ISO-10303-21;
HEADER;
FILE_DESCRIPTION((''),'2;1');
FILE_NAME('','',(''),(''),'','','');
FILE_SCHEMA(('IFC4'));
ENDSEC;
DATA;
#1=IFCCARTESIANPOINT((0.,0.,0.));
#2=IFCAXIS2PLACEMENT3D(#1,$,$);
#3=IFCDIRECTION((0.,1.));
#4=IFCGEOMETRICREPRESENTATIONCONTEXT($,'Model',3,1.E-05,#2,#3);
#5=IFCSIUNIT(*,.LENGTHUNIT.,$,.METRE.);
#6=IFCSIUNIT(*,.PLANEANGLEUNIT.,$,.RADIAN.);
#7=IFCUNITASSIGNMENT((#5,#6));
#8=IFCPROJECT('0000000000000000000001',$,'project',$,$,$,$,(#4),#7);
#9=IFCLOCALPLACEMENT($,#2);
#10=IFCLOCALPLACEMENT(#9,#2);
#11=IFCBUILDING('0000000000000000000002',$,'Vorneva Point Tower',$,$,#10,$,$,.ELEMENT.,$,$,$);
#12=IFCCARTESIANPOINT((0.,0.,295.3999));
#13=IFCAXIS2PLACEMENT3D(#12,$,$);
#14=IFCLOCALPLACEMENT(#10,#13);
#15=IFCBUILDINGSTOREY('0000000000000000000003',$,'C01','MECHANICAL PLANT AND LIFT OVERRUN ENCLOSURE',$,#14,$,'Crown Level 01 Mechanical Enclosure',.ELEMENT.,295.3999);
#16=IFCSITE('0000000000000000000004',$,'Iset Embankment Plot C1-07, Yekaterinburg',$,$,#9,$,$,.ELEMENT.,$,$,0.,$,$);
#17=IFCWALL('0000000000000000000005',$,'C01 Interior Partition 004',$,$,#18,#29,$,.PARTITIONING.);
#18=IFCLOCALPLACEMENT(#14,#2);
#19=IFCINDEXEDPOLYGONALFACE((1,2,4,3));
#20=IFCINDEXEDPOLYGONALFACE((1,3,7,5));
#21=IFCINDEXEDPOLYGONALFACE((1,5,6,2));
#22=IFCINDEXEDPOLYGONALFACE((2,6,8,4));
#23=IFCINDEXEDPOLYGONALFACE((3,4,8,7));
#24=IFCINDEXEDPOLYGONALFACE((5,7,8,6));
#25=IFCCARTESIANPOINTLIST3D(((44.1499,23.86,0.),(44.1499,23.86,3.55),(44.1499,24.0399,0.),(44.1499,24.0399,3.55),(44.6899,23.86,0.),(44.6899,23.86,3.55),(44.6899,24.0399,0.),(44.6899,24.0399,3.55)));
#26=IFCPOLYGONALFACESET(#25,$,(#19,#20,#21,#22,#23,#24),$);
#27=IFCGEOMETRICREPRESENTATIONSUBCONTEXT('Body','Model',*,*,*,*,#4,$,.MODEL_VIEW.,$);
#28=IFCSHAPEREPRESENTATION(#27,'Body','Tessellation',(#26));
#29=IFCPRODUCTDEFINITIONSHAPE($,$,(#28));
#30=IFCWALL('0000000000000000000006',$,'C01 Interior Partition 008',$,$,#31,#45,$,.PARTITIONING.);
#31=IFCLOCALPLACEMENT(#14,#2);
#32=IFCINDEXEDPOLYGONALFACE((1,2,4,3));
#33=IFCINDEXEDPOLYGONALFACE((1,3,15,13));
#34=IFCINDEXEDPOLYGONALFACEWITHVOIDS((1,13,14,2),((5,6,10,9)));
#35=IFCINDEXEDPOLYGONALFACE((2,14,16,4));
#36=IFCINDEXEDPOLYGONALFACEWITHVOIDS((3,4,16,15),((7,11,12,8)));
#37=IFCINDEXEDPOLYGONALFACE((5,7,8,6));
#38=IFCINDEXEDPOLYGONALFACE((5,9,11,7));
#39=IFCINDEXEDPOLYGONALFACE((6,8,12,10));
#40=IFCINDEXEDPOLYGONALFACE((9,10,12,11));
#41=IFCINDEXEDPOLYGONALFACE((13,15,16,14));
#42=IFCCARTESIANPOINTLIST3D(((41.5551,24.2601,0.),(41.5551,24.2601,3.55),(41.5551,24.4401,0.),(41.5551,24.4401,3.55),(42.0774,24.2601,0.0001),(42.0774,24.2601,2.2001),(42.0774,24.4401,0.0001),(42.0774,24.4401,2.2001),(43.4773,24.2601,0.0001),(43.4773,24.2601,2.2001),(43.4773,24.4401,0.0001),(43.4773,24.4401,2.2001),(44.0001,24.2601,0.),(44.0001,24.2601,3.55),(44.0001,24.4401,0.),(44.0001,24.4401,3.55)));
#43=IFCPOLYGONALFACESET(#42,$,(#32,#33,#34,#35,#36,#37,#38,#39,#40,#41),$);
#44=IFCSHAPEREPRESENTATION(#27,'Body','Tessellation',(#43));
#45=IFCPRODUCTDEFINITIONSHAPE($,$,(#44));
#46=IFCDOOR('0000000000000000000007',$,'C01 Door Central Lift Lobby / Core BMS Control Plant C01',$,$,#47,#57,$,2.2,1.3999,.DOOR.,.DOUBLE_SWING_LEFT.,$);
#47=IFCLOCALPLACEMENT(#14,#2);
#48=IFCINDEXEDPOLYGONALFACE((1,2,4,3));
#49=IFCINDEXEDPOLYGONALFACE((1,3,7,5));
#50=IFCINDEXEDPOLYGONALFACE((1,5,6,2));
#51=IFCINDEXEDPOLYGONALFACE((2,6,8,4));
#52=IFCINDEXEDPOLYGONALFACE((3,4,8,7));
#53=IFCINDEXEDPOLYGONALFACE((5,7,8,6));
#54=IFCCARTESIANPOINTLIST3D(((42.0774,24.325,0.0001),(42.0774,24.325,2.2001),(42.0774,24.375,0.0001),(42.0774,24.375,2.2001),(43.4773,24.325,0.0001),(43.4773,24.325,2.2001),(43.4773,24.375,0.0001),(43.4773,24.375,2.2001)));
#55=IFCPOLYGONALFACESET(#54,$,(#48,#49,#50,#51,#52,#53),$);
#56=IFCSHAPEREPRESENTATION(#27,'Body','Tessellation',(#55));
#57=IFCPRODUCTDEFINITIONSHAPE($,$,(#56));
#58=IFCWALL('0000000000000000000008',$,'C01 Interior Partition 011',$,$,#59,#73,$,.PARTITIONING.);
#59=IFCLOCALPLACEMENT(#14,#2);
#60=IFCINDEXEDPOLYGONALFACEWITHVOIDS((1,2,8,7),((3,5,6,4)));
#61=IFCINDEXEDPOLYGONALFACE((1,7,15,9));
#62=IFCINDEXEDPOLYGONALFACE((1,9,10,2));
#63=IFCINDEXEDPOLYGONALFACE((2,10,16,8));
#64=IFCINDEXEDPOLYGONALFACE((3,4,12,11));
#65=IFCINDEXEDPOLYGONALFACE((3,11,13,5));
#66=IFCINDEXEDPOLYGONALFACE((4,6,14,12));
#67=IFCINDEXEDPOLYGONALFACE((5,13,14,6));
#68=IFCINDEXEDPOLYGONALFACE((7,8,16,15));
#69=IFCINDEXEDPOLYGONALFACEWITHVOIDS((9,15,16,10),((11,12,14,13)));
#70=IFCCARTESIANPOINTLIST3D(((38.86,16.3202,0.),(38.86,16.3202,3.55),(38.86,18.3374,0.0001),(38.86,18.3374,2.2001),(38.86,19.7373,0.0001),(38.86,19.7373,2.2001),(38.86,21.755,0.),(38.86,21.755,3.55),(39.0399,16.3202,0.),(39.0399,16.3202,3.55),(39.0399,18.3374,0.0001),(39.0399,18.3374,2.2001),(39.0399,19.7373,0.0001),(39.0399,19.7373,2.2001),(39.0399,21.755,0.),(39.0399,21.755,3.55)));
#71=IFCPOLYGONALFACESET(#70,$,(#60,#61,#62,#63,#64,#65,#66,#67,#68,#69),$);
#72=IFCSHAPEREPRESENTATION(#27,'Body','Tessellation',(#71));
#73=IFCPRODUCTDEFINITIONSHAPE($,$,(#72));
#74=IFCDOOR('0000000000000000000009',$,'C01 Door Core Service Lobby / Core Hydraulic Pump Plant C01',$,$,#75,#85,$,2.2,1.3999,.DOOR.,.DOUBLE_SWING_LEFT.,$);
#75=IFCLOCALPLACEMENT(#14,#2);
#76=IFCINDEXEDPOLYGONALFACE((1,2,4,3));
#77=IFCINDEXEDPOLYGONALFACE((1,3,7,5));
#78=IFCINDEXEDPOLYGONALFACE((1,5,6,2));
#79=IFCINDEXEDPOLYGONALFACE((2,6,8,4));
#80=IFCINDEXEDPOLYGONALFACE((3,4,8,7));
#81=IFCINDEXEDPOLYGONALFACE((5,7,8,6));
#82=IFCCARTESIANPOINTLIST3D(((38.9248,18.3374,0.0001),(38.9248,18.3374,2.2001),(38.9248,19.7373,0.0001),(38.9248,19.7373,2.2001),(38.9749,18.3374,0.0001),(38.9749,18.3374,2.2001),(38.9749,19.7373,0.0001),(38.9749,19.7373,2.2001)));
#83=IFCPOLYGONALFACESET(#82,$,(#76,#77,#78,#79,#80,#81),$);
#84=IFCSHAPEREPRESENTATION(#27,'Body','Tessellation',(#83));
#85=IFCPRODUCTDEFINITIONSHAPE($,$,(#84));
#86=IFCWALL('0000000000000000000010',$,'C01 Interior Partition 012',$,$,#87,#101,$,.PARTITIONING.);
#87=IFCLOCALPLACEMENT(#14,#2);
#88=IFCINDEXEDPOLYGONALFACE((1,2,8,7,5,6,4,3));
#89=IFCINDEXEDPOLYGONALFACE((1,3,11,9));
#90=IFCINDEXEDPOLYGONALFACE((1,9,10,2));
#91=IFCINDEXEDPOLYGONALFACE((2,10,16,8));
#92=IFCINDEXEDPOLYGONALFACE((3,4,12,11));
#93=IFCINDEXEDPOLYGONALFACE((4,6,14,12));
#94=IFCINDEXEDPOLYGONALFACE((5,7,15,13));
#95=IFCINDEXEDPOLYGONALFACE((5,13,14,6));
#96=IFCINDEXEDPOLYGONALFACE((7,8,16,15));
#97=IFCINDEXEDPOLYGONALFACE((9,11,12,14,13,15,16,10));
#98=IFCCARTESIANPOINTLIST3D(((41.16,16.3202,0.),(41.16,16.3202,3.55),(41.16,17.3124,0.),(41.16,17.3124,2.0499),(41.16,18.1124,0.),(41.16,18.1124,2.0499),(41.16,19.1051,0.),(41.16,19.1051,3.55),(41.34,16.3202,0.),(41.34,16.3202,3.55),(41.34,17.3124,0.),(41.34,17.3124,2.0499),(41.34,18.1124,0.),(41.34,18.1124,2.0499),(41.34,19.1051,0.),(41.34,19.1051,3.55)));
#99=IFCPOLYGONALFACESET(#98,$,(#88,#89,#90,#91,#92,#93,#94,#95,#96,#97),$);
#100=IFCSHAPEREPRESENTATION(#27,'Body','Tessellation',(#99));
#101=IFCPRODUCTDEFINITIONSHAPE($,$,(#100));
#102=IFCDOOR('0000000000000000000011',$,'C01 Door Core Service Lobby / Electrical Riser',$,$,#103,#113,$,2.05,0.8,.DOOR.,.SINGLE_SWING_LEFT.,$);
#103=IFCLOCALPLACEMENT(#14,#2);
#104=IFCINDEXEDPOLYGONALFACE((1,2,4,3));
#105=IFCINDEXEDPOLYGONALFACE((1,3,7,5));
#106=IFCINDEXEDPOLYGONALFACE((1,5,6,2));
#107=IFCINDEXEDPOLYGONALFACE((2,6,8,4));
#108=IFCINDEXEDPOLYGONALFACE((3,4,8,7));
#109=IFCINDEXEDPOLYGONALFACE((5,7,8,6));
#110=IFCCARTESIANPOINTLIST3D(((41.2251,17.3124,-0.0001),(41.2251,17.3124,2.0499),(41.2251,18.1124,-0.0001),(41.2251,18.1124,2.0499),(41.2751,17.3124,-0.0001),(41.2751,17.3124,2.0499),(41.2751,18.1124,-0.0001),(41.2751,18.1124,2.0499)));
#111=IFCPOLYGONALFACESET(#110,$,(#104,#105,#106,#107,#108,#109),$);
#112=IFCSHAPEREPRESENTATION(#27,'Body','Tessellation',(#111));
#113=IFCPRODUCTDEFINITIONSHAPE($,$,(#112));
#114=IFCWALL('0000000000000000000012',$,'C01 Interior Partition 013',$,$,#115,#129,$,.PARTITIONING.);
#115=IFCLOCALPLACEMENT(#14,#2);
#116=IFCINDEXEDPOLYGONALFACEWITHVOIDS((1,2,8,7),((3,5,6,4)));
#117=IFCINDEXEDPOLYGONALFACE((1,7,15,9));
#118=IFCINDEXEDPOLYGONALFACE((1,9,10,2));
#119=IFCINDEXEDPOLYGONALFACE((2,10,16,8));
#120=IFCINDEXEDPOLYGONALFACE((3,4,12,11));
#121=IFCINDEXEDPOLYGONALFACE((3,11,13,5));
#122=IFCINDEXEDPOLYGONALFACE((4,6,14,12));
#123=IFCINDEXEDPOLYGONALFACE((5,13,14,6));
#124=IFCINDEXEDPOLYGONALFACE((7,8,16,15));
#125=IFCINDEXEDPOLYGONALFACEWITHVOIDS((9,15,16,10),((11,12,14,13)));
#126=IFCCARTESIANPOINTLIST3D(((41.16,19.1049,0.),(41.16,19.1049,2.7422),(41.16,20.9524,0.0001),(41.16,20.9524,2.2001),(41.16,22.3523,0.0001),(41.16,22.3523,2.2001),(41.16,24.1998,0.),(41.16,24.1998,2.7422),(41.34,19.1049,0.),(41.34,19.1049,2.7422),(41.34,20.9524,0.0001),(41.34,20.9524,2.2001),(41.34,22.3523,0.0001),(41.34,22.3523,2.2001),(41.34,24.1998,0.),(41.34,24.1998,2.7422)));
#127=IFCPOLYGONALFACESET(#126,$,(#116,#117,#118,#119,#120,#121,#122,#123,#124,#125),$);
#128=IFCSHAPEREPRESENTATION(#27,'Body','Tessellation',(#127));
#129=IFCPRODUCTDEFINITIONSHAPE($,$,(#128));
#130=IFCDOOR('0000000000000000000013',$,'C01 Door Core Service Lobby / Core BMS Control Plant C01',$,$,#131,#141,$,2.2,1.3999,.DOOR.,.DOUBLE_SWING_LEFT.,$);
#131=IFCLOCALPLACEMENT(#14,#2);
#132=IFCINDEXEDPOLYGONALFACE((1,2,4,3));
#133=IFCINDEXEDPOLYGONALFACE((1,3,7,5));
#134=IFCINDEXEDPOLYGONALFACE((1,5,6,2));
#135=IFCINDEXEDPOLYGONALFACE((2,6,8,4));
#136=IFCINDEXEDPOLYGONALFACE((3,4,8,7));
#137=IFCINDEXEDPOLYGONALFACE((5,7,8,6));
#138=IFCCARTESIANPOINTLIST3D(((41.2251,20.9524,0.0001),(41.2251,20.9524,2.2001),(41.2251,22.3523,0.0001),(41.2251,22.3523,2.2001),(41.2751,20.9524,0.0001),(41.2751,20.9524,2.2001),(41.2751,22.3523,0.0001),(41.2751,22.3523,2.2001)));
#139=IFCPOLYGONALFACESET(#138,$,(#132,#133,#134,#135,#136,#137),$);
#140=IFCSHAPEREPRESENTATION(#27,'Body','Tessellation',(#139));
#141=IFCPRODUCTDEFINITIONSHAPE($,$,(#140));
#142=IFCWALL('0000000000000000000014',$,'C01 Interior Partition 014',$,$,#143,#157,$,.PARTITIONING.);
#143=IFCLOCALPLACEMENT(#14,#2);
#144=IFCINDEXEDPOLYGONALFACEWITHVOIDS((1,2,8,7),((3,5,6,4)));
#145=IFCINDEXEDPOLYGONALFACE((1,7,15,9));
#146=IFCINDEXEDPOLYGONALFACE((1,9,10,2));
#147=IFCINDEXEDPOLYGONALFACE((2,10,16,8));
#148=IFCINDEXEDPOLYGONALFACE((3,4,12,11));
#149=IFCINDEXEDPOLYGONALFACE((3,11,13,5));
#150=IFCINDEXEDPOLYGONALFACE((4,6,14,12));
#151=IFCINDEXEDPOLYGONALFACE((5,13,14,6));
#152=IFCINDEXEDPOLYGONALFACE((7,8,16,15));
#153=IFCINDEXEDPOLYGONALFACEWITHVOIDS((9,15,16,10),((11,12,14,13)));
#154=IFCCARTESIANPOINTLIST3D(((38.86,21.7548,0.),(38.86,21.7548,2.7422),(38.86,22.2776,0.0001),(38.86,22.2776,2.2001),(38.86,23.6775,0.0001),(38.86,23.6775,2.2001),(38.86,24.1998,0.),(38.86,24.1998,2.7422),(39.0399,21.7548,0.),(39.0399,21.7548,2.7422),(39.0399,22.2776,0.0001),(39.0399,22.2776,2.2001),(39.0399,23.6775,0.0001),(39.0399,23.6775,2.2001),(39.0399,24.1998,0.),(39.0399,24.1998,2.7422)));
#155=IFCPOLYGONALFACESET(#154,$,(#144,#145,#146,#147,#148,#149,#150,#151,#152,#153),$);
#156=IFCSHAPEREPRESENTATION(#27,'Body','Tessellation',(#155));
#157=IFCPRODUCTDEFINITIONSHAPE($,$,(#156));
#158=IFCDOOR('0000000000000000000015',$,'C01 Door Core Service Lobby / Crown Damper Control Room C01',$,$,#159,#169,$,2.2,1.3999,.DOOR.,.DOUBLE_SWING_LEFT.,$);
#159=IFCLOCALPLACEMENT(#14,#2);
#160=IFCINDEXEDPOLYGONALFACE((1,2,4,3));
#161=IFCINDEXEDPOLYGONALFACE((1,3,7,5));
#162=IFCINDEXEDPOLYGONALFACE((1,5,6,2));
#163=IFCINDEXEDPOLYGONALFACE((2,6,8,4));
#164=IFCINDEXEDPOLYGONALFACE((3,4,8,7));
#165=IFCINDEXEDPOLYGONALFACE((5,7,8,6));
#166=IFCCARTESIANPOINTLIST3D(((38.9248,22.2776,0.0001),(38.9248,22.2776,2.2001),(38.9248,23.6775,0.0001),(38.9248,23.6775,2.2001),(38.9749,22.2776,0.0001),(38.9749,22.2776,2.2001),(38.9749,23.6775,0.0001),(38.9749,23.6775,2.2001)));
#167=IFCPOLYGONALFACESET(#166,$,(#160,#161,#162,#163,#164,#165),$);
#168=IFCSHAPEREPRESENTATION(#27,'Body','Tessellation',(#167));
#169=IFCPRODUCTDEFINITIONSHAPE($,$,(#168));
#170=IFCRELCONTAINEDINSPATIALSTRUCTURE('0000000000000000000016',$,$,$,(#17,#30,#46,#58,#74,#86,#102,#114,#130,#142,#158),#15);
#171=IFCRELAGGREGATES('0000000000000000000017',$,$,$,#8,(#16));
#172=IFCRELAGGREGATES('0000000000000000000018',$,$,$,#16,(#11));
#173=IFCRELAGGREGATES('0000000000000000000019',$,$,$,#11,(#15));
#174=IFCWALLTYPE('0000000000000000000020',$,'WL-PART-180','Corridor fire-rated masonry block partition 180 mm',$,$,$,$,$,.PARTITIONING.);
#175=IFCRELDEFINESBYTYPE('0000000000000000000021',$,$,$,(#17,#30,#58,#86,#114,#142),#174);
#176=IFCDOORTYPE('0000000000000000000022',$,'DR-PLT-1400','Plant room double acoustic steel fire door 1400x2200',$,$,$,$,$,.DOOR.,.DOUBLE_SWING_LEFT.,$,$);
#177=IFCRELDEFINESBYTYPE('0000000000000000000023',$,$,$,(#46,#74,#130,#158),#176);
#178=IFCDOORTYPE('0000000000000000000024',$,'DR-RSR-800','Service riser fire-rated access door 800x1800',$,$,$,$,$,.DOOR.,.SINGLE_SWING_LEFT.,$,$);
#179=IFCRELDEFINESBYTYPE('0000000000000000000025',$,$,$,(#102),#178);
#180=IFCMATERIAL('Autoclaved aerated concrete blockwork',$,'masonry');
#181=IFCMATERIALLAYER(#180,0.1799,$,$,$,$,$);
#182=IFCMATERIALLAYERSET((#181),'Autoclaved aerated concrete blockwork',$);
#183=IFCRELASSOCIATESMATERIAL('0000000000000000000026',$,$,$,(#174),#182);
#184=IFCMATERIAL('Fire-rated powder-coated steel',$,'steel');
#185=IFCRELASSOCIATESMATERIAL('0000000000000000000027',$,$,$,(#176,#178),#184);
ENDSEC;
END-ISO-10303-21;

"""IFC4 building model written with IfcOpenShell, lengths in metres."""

from ifc_helpers import new_model, si_unit, direction, frame, frame_2d, origin, place, context, subcontext, project, spatial, rectangle, extrude, material, layer, layer_set, type_object, element, fill, save


model = new_model("IFC4")

# Units and contexts
model_context = context("Model", 3, precision=1e-05, world=origin(), true_north=direction((0.0, 1.0)))
body_context = subcontext(model_context, "Body", "Model", "MODEL_VIEW")
ifc_project = project(units=[si_unit("LENGTHUNIT", "METRE"), si_unit("PLANEANGLEUNIT", "RADIAN")], contexts=[model_context])

# Site, building, storey
site_placement = place(None, origin())
site = spatial("IfcSite", under=ifc_project, at=site_placement, Name="Iset Embankment Plot C1-07, Yekaterinburg", CompositionType="ELEMENT", RefElevation=0.0)
building_placement = place(site_placement, origin())
building = spatial("IfcBuilding", under=site, at=building_placement, Name="Vorneva Point Tower", CompositionType="ELEMENT")
storey_placement = place(building_placement, frame((0.0, 0.0, 295.3999)))
storey = spatial("IfcBuildingStorey", under=building, at=storey_placement, Name="C01", Description="MECHANICAL PLANT AND LIFT OVERRUN ENCLOSURE", LongName="Crown Level 01 Mechanical Enclosure", CompositionType="ELEMENT", Elevation=295.3999)

# Wall
ifc_material_1 = material(Name="Autoclaved aerated concrete blockwork", Category="masonry")
ifc_layer = layer(ifc_material_1, 0.1799)
ifc_layer_set = layer_set([ifc_layer], Name="Autoclaved aerated concrete blockwork")
wall_type = type_object("IfcWallType", Name="WL-PART-180", Description="Corridor fire-rated masonry block partition 180 mm", PredefinedType="PARTITIONING", material=ifc_layer_set)
wall_1_placement = place(storey_placement, frame((44.1499, 23.95, 0.0), z_axis=(0.0, 0.0, 1.0), x_axis=(1.0, 0.0, 0.0)))
element("IfcWall", 1, at=wall_1_placement, inside=storey, type_object=wall_type, Name="C01 Interior Partition 004", PredefinedType="PARTITIONING", context=body_context, shape_type="SweptSolid", body=[
    extrude(rectangle(XDim=0.54, YDim=0.1799, at=frame_2d((0.27, 0.0))), origin(), (0.0, 0.0, 1.0), 3.55),
])

# Walls, openings, doors
ifc_material_2 = material(Name="Fire-rated powder-coated steel", Category="steel")
wall_2_placement = place(storey_placement, frame((41.5549, 24.3501, 0.0), z_axis=(0.0, 0.0, 1.0), x_axis=(1.0, 0.0, 0.0)))
wall_2 = element("IfcWall", 2, at=wall_2_placement, inside=storey, type_object=wall_type, Name="C01 Interior Partition 008", PredefinedType="PARTITIONING", context=body_context, shape_type="SweptSolid", body=[
    extrude(rectangle(XDim=2.4451, YDim=0.1799, at=frame_2d((1.2227, 0.0))), origin(), (0.0, 0.0, 1.0), 3.55),
])
opening_1_placement = place(wall_2_placement, frame((0.5225, 0.0, 0.0)))
opening_1 = element("IfcOpeningElement", 3, at=opening_1_placement, cuts=wall_2, PredefinedType="OPENING", context=body_context, shape_type="SweptSolid", body=[
    extrude(rectangle(XDim=1.3999, YDim=2.2, at=frame_2d((0.7, 1.1001))), frame((0.0, 0.105, 0.0), z_axis=(0.0, -1.0, 0.0), x_axis=(1.0, 0.0, 0.0)), (0.0, 0.0, 1.0), 0.2097),
])
door_type_1 = type_object("IfcDoorType", Name="DR-PLT-1400", Description="Plant room double acoustic steel fire door 1400x2200", OperationType="DOUBLE_SWING_LEFT", PredefinedType="DOOR", material=ifc_material_2)
door_1_placement = place(opening_1_placement, origin())
door_1 = element("IfcDoor", 4, at=door_1_placement, inside=storey, type_object=door_type_1, Name="C01 Door Central Lift Lobby / Core BMS Control Plant C01", OperationType="DOUBLE_SWING_LEFT", OverallHeight=2.2, OverallWidth=1.3999, PredefinedType="DOOR", context=body_context, shape_type="SweptSolid", body=[
    extrude(rectangle(XDim=1.3999, YDim=2.2, at=frame_2d((0.7, 1.1001))), frame((0.0, 0.0249, 0.0), z_axis=(0.0, -1.0, 0.0), x_axis=(1.0, 0.0, 0.0)), (0.0, 0.0, 1.0), 0.05),
])
fill(opening_1, door_1)
wall_3_placement = place(storey_placement, frame((38.95, 21.7549, 0.0), z_axis=(0.0, 0.0, 1.0), x_axis=(0.0, -1.0, 0.0)))
wall_3 = element("IfcWall", 5, at=wall_3_placement, inside=storey, type_object=wall_type, Name="C01 Interior Partition 011", PredefinedType="PARTITIONING", context=body_context, shape_type="SweptSolid", body=[
    extrude(rectangle(XDim=5.4348, YDim=0.1799, at=frame_2d((2.7173, 0.0))), origin(), (0.0, 0.0, 1.0), 3.55),
])
opening_2_placement = place(wall_3_placement, frame((2.0176, 0.0, 0.0)))
opening_2 = element("IfcOpeningElement", 6, at=opening_2_placement, cuts=wall_3, PredefinedType="OPENING", context=body_context, shape_type="SweptSolid", body=[
    extrude(rectangle(XDim=1.3999, YDim=2.2, at=frame_2d((0.7, 1.1001))), frame((0.0, 0.105, 0.0), z_axis=(0.0, -1.0, 0.0), x_axis=(1.0, 0.0, 0.0)), (0.0, 0.0, 1.0), 0.2097),
])
door_2_placement = place(opening_2_placement, origin())
door_2 = element("IfcDoor", 7, at=door_2_placement, inside=storey, type_object=door_type_1, Name="C01 Door Core Service Lobby / Core Hydraulic Pump Plant C01", OperationType="DOUBLE_SWING_LEFT", OverallHeight=2.2, OverallWidth=1.3999, PredefinedType="DOOR", context=body_context, shape_type="SweptSolid", body=[
    extrude(rectangle(XDim=1.3999, YDim=2.2, at=frame_2d((0.7, 1.1001))), frame((0.0, 0.0249, 0.0), z_axis=(0.0, -1.0, 0.0), x_axis=(1.0, 0.0, 0.0)), (0.0, 0.0, 1.0), 0.05),
])
fill(opening_2, door_2)
wall_4_placement = place(storey_placement, frame((41.25, 16.3201, 0.0), z_axis=(0.0, 0.0, 1.0), x_axis=(0.0, 1.0, 0.0)))
wall_4 = element("IfcWall", 8, at=wall_4_placement, inside=storey, type_object=wall_type, Name="C01 Interior Partition 012", PredefinedType="PARTITIONING", context=body_context, shape_type="SweptSolid", body=[
    extrude(rectangle(XDim=2.7849, YDim=0.1799, at=frame_2d((1.3926, 0.0))), origin(), (0.0, 0.0, 1.0), 3.55),
])
opening_3_placement = place(wall_4_placement, frame((0.9924, 0.0, 0.0)))
opening_3 = element("IfcOpeningElement", 9, at=opening_3_placement, cuts=wall_4, PredefinedType="OPENING", context=body_context, shape_type="SweptSolid", body=[
    extrude(rectangle(XDim=0.8, YDim=2.05, at=frame_2d((0.3999, 1.0249))), frame((0.0, 0.105, 0.0), z_axis=(0.0, -1.0, 0.0), x_axis=(1.0, 0.0, 0.0)), (0.0, 0.0, 1.0), 0.2097),
])
door_type_2 = type_object("IfcDoorType", Name="DR-RSR-800", Description="Service riser fire-rated access door 800x1800", OperationType="SINGLE_SWING_LEFT", PredefinedType="DOOR", material=ifc_material_2)
door_3_placement = place(opening_3_placement, origin())
door_3 = element("IfcDoor", 10, at=door_3_placement, inside=storey, type_object=door_type_2, Name="C01 Door Core Service Lobby / Electrical Riser", OperationType="SINGLE_SWING_LEFT", OverallHeight=2.05, OverallWidth=0.8, PredefinedType="DOOR", context=body_context, shape_type="SweptSolid", body=[
    extrude(rectangle(XDim=0.8, YDim=2.05, at=frame_2d((0.3999, 1.0249))), frame((0.0, 0.0249, 0.0), z_axis=(0.0, -1.0, 0.0), x_axis=(1.0, 0.0, 0.0)), (0.0, 0.0, 1.0), 0.05),
])
fill(opening_3, door_3)
wall_5_placement = place(storey_placement, frame((41.25, 19.105, 0.0), z_axis=(0.0, 0.0, 1.0), x_axis=(0.0, 1.0, 0.0)))
wall_5 = element("IfcWall", 11, at=wall_5_placement, inside=storey, type_object=wall_type, Name="C01 Interior Partition 013", PredefinedType="PARTITIONING", context=body_context, shape_type="SweptSolid", body=[
    extrude(rectangle(XDim=5.095, YDim=0.1799, at=frame_2d((2.5474, 0.0))), origin(), (0.0, 0.0, 1.0), 2.7422),
])
opening_4_placement = place(wall_5_placement, frame((1.8474, 0.0, 0.0)))
opening_4 = element("IfcOpeningElement", 12, at=opening_4_placement, cuts=wall_5, PredefinedType="OPENING", context=body_context, shape_type="SweptSolid", body=[
    extrude(rectangle(XDim=1.3999, YDim=2.2, at=frame_2d((0.7, 1.1001))), frame((0.0, 0.105, 0.0), z_axis=(0.0, -1.0, 0.0), x_axis=(1.0, 0.0, 0.0)), (0.0, 0.0, 1.0), 0.2097),
])
door_4_placement = place(opening_4_placement, origin())
door_4 = element("IfcDoor", 13, at=door_4_placement, inside=storey, type_object=door_type_1, Name="C01 Door Core Service Lobby / Core BMS Control Plant C01", OperationType="DOUBLE_SWING_LEFT", OverallHeight=2.2, OverallWidth=1.3999, PredefinedType="DOOR", context=body_context, shape_type="SweptSolid", body=[
    extrude(rectangle(XDim=1.3999, YDim=2.2, at=frame_2d((0.7, 1.1001))), frame((0.0, 0.0249, 0.0), z_axis=(0.0, -1.0, 0.0), x_axis=(1.0, 0.0, 0.0)), (0.0, 0.0, 1.0), 0.05),
])
fill(opening_4, door_4)
wall_6_placement = place(storey_placement, frame((38.95, 24.2, 0.0), z_axis=(0.0, 0.0, 1.0), x_axis=(0.0, -1.0, 0.0)))
wall_6 = element("IfcWall", 14, at=wall_6_placement, inside=storey, type_object=wall_type, Name="C01 Interior Partition 014", PredefinedType="PARTITIONING", context=body_context, shape_type="SweptSolid", body=[
    extrude(rectangle(XDim=2.4451, YDim=0.1799, at=frame_2d((1.2227, 0.0))), origin(), (0.0, 0.0, 1.0), 2.7422),
])
opening_5_placement = place(wall_6_placement, frame((0.5225, 0.0, 0.0)))
opening_5 = element("IfcOpeningElement", 15, at=opening_5_placement, cuts=wall_6, PredefinedType="OPENING", context=body_context, shape_type="SweptSolid", body=[
    extrude(rectangle(XDim=1.3999, YDim=2.2, at=frame_2d((0.7, 1.1001))), frame((0.0, 0.105, 0.0), z_axis=(0.0, -1.0, 0.0), x_axis=(1.0, 0.0, 0.0)), (0.0, 0.0, 1.0), 0.2097),
])
door_5_placement = place(opening_5_placement, origin())
door_5 = element("IfcDoor", 16, at=door_5_placement, inside=storey, type_object=door_type_1, Name="C01 Door Core Service Lobby / Crown Damper Control Room C01", OperationType="DOUBLE_SWING_LEFT", OverallHeight=2.2, OverallWidth=1.3999, PredefinedType="DOOR", context=body_context, shape_type="SweptSolid", body=[
    extrude(rectangle(XDim=1.3999, YDim=2.2, at=frame_2d((0.7, 1.1001))), frame((0.0, 0.0249, 0.0), z_axis=(0.0, -1.0, 0.0), x_axis=(1.0, 0.0, 0.0)), (0.0, 0.0, 1.0), 0.05),
])
fill(opening_5, door_5)

save(model, "model.ifc")
